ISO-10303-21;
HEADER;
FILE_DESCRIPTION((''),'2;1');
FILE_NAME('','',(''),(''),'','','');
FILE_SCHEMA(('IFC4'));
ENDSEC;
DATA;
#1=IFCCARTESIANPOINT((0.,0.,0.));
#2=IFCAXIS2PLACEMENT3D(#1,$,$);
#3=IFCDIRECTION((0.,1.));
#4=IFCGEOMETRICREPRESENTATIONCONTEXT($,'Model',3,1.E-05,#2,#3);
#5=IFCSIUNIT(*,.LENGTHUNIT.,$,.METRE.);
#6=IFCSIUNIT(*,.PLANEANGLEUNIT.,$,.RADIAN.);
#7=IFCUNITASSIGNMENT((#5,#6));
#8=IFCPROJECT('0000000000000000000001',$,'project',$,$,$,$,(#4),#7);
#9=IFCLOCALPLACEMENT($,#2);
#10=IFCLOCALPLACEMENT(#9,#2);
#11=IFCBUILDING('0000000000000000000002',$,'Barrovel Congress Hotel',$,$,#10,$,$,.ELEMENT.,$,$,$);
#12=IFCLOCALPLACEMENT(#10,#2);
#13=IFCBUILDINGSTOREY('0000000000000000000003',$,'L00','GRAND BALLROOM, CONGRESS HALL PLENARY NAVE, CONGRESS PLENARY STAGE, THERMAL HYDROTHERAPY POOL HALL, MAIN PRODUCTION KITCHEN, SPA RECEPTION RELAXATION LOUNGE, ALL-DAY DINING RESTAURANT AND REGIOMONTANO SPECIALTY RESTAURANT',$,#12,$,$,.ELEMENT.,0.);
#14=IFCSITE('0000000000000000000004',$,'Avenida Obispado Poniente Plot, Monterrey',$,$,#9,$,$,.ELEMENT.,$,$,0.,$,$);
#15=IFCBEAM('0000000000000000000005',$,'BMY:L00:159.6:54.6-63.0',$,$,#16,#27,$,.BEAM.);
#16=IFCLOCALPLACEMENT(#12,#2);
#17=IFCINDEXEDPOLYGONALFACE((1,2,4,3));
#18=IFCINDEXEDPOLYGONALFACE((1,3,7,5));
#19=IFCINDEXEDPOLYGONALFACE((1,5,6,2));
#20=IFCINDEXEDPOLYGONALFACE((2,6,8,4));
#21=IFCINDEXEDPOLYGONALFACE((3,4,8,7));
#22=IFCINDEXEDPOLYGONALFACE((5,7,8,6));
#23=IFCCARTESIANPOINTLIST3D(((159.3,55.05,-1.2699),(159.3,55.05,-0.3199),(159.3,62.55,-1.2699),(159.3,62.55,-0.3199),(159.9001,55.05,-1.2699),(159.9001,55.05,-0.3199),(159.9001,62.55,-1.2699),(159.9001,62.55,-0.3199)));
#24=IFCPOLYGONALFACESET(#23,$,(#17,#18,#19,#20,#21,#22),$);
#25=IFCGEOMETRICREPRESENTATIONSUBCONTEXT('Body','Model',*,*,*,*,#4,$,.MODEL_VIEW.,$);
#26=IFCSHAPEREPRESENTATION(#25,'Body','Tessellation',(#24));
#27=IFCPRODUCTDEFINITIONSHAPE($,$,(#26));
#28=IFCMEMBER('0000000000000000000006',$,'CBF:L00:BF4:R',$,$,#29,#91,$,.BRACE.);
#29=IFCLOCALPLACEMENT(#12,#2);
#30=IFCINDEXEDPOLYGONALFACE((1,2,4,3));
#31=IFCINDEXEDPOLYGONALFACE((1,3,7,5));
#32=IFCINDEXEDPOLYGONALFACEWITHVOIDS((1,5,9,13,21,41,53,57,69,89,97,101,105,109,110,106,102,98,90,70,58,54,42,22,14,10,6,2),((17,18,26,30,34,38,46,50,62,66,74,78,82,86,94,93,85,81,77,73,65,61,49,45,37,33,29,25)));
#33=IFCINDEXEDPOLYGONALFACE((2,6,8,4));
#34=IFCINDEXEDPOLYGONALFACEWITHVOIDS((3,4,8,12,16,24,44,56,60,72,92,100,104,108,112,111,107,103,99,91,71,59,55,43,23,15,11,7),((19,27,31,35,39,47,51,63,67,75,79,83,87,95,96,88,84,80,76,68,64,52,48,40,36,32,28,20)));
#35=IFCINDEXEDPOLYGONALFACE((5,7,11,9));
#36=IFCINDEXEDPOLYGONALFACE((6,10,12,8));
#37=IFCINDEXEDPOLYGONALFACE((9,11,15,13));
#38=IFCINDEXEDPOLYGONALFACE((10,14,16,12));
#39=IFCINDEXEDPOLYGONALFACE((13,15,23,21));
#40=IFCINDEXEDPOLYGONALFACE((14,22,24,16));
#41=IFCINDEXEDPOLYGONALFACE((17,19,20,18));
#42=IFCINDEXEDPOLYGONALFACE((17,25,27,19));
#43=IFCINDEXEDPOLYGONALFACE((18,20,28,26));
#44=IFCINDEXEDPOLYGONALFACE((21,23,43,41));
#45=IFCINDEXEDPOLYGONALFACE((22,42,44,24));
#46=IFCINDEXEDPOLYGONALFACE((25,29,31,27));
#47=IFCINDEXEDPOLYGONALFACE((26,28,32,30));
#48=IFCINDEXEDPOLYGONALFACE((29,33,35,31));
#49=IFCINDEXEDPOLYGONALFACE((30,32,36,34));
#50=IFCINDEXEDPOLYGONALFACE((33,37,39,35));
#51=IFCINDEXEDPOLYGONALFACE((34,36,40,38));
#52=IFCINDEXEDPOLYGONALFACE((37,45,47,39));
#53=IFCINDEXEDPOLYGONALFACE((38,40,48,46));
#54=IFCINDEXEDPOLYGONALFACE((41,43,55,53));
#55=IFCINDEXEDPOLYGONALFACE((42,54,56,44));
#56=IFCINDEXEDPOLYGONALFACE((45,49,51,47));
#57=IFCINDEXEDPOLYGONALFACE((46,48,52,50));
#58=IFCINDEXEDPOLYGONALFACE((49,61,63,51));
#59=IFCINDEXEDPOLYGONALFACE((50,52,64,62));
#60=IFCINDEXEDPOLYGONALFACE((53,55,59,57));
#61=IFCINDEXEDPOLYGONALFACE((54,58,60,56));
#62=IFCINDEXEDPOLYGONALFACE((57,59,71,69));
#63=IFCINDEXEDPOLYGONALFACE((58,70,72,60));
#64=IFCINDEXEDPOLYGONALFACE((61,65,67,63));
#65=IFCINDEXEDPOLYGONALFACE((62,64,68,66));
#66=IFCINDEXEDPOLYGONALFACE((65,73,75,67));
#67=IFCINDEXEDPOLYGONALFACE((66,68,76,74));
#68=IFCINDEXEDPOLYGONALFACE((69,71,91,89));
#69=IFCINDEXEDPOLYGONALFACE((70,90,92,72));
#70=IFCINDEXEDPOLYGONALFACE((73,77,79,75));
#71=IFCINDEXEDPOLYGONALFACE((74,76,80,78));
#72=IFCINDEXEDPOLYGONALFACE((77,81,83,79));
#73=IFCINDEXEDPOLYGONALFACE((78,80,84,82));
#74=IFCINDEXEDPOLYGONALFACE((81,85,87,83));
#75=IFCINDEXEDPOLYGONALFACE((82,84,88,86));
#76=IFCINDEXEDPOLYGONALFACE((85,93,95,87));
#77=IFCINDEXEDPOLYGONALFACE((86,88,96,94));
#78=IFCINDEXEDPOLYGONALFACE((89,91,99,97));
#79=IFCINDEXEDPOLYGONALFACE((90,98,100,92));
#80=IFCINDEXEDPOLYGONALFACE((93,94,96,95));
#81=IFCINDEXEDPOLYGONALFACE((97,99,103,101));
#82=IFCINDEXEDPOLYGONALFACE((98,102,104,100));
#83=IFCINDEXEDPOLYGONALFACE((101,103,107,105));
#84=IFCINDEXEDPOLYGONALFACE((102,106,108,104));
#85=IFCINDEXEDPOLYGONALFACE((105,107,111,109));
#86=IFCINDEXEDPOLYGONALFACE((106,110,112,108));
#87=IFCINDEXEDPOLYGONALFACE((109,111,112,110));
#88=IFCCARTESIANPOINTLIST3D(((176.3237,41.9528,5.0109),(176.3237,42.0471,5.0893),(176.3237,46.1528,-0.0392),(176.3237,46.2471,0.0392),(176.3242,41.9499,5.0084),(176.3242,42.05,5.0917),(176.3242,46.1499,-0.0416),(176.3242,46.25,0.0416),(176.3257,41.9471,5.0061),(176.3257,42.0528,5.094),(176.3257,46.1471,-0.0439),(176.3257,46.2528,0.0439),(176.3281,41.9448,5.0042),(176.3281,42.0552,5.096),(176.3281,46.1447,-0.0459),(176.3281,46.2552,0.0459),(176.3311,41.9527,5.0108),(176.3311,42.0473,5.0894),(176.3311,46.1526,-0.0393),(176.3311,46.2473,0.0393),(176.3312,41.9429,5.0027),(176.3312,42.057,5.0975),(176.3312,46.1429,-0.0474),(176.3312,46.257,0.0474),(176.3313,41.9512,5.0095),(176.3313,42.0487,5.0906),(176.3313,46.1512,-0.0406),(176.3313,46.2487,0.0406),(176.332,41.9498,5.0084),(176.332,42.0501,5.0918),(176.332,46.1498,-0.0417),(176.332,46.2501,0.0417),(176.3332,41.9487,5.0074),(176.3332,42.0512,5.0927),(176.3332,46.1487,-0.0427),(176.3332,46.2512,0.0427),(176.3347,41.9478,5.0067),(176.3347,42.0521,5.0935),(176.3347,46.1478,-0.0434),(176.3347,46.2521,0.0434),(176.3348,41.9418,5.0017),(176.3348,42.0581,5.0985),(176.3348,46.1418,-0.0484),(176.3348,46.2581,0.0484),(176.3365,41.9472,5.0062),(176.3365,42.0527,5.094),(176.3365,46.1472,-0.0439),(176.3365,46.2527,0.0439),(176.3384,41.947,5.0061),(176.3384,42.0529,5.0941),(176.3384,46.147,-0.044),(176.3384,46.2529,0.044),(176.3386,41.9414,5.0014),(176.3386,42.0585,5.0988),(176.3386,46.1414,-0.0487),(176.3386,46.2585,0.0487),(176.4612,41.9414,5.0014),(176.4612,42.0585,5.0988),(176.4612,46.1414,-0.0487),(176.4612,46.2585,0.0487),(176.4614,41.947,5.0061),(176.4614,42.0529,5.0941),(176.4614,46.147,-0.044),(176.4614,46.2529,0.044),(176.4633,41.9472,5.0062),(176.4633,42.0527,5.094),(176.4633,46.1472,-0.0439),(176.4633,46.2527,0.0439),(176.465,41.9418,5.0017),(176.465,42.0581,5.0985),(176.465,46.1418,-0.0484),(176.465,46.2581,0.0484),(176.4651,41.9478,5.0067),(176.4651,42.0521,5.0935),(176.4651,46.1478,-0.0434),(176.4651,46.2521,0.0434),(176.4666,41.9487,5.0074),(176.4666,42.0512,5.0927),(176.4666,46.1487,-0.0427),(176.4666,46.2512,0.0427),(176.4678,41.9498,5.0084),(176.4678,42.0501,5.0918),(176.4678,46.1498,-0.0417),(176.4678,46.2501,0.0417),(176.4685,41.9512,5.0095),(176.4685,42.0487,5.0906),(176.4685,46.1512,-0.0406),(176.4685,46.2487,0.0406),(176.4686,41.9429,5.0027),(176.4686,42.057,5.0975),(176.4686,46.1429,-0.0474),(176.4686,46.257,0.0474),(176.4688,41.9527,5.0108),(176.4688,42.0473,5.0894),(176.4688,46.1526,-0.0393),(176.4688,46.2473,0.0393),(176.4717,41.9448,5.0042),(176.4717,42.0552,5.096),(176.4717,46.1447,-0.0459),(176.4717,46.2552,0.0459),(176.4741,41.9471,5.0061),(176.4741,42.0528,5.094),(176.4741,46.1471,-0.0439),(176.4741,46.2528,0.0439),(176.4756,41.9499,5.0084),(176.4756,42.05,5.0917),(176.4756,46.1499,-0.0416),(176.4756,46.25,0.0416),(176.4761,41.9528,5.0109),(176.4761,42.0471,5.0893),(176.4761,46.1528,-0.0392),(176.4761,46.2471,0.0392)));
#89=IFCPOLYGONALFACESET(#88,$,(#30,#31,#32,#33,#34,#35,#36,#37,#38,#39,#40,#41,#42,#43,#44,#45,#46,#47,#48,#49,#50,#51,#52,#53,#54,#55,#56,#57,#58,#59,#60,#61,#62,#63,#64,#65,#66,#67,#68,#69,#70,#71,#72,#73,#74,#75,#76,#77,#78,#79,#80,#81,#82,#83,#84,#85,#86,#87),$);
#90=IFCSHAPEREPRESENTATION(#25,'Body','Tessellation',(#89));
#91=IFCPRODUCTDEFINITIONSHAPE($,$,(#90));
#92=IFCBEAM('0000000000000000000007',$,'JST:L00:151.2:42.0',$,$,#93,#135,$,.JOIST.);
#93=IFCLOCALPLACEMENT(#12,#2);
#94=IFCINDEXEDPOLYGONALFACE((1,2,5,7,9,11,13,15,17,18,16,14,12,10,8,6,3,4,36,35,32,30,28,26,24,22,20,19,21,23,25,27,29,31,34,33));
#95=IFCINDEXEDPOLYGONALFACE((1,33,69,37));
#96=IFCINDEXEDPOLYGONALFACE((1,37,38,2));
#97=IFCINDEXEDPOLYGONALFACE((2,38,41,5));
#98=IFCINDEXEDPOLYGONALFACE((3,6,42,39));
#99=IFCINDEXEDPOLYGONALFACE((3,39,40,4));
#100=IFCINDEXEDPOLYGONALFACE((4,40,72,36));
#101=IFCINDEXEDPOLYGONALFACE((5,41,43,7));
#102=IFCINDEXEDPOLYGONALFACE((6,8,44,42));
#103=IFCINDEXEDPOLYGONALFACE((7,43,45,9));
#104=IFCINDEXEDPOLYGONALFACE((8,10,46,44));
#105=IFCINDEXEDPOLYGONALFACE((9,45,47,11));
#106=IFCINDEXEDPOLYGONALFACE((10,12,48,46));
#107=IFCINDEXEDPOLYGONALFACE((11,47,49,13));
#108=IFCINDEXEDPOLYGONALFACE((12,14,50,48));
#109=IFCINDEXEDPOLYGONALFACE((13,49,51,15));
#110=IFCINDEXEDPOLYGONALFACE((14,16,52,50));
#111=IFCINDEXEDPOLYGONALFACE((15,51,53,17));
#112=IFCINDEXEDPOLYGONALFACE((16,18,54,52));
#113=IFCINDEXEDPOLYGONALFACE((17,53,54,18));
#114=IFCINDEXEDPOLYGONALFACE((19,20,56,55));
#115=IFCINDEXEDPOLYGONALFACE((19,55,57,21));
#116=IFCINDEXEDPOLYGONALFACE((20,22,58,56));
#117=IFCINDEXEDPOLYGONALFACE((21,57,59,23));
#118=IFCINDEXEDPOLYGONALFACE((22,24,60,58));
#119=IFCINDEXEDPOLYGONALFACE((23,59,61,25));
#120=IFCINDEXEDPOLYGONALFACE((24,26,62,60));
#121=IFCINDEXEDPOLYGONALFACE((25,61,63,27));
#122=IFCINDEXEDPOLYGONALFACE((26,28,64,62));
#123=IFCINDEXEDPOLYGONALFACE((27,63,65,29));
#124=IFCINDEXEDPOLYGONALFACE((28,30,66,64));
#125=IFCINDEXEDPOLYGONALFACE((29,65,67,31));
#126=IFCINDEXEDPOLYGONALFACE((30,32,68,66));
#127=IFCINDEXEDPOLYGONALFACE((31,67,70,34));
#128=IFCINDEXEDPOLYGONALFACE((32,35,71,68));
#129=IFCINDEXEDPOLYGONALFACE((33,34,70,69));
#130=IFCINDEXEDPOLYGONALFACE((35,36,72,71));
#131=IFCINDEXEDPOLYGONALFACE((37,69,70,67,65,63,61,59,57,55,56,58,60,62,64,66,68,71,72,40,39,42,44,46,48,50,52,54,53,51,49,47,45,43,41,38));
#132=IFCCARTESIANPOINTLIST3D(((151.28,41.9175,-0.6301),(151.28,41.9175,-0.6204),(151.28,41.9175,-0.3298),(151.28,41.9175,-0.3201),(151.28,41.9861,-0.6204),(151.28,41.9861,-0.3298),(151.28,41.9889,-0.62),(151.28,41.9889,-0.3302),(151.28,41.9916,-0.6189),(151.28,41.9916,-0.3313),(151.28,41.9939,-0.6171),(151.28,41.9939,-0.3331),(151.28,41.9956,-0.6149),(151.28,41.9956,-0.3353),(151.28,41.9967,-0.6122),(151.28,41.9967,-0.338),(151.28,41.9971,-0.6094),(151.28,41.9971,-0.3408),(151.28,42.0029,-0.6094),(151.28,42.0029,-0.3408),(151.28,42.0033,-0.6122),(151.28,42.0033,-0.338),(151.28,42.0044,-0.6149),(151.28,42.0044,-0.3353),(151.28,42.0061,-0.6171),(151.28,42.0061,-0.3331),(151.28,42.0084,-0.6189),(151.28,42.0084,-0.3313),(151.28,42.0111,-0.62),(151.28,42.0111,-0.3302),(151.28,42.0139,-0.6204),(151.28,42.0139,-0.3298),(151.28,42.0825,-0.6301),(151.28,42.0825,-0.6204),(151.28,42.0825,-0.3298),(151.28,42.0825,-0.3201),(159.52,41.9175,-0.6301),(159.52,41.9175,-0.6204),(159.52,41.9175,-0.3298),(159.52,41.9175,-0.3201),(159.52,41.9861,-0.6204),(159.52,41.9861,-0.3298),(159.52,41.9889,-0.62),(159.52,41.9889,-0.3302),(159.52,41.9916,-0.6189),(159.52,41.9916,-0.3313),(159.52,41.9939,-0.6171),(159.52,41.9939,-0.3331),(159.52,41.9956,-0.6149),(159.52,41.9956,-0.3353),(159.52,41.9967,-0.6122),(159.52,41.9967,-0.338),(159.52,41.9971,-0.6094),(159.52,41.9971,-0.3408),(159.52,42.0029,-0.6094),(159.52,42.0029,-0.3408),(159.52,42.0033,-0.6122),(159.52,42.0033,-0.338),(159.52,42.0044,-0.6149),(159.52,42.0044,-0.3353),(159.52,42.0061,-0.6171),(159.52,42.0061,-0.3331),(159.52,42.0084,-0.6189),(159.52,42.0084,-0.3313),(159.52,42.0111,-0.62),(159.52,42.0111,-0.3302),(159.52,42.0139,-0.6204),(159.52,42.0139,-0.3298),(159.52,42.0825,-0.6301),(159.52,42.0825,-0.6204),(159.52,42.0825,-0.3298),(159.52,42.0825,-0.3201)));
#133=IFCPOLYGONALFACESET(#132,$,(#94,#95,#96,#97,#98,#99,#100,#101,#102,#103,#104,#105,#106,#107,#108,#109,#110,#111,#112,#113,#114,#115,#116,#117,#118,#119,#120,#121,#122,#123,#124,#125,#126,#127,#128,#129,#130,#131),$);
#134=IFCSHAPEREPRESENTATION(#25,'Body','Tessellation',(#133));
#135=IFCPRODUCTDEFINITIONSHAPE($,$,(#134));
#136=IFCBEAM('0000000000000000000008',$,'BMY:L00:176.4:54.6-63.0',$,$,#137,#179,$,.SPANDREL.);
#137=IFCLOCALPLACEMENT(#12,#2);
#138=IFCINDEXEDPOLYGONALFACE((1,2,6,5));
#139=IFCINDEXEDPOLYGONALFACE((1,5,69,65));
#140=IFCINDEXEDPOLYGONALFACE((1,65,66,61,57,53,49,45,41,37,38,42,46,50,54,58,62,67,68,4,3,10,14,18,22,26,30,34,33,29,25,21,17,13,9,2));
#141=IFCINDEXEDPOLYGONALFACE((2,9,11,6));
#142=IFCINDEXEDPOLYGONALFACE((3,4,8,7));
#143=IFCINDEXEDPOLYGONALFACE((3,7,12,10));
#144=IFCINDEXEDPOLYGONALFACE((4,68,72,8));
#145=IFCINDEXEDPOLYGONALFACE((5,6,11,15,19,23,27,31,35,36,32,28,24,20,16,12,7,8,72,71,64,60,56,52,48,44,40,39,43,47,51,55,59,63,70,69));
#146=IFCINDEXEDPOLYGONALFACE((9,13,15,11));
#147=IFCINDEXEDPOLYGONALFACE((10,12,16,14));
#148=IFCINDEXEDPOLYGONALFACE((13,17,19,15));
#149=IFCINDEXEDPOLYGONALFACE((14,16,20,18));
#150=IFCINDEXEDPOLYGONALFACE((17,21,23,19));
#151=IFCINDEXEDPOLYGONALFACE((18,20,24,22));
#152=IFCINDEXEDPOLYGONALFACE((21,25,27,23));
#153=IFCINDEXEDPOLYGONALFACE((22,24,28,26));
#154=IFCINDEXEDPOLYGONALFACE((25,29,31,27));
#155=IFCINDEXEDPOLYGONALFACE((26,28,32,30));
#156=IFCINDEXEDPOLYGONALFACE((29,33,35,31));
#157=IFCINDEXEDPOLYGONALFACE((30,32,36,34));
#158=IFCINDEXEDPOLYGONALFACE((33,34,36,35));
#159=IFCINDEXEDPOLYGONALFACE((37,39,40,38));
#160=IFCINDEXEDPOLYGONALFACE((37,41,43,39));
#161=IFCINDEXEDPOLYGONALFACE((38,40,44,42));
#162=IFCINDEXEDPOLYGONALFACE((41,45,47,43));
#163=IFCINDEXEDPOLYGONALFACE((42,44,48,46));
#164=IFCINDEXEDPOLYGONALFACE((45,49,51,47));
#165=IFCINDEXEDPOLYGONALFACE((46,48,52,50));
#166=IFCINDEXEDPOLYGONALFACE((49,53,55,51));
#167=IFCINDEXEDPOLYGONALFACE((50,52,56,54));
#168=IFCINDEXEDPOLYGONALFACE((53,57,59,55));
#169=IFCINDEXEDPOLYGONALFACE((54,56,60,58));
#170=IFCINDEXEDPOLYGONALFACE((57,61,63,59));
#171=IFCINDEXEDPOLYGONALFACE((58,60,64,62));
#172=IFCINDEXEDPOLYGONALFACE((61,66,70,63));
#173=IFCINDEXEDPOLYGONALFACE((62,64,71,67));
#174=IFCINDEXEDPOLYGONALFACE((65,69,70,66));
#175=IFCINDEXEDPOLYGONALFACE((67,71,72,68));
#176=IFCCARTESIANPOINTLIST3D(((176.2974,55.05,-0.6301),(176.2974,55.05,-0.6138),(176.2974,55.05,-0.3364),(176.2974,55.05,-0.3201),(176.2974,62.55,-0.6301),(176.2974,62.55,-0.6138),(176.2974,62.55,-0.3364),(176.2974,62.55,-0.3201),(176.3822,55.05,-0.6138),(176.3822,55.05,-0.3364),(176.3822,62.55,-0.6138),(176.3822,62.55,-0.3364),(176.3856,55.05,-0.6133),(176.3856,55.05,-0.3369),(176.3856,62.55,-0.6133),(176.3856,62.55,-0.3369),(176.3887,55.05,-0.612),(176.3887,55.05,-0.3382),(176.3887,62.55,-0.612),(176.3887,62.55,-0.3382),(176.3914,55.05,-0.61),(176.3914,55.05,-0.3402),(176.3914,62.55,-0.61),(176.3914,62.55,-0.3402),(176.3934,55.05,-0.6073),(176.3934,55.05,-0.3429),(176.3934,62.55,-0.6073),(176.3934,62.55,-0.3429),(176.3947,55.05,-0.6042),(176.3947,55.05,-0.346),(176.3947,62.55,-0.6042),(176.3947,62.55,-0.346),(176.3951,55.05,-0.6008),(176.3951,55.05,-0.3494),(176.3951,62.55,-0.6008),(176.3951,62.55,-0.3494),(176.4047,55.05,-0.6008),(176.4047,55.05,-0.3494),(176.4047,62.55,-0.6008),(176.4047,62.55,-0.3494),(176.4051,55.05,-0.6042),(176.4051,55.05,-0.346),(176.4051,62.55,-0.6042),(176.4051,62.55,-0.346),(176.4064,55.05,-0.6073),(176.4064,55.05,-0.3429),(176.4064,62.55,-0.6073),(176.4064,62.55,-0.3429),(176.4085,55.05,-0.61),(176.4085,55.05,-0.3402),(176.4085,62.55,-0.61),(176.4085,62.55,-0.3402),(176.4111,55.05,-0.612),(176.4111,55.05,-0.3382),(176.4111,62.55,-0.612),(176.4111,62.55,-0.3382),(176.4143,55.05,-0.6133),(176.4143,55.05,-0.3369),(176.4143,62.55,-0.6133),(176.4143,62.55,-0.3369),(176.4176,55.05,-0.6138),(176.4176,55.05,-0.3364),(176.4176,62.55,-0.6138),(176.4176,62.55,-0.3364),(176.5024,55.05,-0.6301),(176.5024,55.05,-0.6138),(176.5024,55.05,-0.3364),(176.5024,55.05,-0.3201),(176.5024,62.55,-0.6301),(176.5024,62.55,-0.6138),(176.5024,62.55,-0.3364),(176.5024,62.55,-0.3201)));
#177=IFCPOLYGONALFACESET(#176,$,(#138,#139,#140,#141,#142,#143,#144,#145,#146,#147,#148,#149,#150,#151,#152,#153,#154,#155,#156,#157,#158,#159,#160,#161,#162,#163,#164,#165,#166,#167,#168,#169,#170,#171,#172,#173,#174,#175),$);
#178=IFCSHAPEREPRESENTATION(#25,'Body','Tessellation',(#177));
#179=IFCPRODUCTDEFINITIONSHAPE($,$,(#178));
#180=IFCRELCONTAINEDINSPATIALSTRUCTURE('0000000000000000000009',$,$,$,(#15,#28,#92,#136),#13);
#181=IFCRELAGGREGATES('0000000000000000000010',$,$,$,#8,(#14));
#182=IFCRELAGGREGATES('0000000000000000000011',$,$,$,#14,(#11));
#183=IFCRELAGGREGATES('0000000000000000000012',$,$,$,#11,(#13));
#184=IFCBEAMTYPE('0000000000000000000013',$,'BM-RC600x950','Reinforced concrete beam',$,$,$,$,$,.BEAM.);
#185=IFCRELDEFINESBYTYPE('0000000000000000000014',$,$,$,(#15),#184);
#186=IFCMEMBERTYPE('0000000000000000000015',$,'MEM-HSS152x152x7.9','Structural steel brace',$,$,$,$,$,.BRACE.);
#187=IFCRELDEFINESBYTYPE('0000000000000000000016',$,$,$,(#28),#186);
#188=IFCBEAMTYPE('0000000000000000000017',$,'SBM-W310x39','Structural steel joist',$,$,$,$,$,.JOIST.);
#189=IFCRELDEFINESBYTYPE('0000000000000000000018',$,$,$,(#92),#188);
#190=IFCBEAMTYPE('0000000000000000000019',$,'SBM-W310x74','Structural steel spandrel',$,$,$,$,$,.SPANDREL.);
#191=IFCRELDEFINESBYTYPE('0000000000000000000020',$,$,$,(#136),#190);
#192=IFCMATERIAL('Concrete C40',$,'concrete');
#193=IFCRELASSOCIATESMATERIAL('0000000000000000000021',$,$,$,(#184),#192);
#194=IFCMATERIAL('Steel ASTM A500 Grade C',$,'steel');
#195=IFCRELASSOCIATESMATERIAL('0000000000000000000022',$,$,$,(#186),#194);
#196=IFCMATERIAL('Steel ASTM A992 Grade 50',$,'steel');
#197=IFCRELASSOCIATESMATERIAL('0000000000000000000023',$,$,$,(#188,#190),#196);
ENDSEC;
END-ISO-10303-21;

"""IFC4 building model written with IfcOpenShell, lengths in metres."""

from ifc_helpers import new_model, si_unit, direction, frame, origin, origin_2d, place, context, subcontext, project, spatial, rectangle, hollow_rectangle, i_section, extrude, material, material_profile, profile_set, type_object, element, save


model = new_model("IFC4")

# Units and contexts
model_context = context("Model", 3, precision=1e-05, world=origin(), true_north=direction((0.0, 1.0)))
body_context = subcontext(model_context, "Body", "Model", "MODEL_VIEW")
ifc_project = project(units=[si_unit("LENGTHUNIT", "METRE"), si_unit("PLANEANGLEUNIT", "RADIAN")], contexts=[model_context])

# Site, building, storey
site_placement = place(None, origin())
site = spatial("IfcSite", under=ifc_project, at=site_placement, Name="Avenida Obispado Poniente Plot, Monterrey", CompositionType="ELEMENT", RefElevation=0.0)
building_placement = place(site_placement, origin())
building = spatial("IfcBuilding", under=site, at=building_placement, Name="Barrovel Congress Hotel", CompositionType="ELEMENT")
storey_placement = place(building_placement, origin())
storey = spatial("IfcBuildingStorey", under=building, at=storey_placement, Name="L00", Description="GRAND BALLROOM, CONGRESS HALL PLENARY NAVE, CONGRESS PLENARY STAGE, THERMAL HYDROTHERAPY POOL HALL, MAIN PRODUCTION KITCHEN, SPA RECEPTION RELAXATION LOUNGE, ALL-DAY DINING RESTAURANT AND REGIOMONTANO SPECIALTY RESTAURANT", CompositionType="ELEMENT", Elevation=0.0)

# Shared definitions
ifc_material_1 = material(Name="Concrete C40", Category="concrete")

# Beam
ifc_material_profile_1 = material_profile(ifc_material_1, rectangle(XDim=0.6001, YDim=0.95, at=origin_2d()), Name="RC600x950")
ifc_profile_set_1 = profile_set([ifc_material_profile_1], Name="Concrete C40")
beam_type_1 = type_object("IfcBeamType", Name="BM-RC600x950", Description="Reinforced concrete beam", PredefinedType="BEAM", material=ifc_profile_set_1)
beam_1_placement = place(storey_placement, frame((159.6001, 55.05, -0.7949), z_axis=(0.0, 1.0, 0.0), x_axis=(-1.0, 0.0, 0.0)))
element("IfcBeam", 1, at=beam_1_placement, inside=storey, type_object=beam_type_1, Name="BMY:L00:159.6:54.6-63.0", PredefinedType="BEAM", context=body_context, shape_type="SweptSolid", body=[
    extrude(rectangle(XDim=0.6001, YDim=0.95, at=origin_2d()), origin(), (0.0, 0.0, 1.0), 7.5),
])

# Member
ifc_material_2 = material(Name="Steel ASTM A500 Grade C", Category="steel")
ifc_material_profile_2 = material_profile(ifc_material_2, hollow_rectangle(XDim=0.1523, YDim=0.1523, WallThickness=0.0073, InnerFilletRadius=0.0073, OuterFilletRadius=0.0149, at=origin_2d()), Name="HSS152x152x7.9")
ifc_profile_set_2 = profile_set([ifc_material_profile_2], Name="Steel ASTM A500 Grade C")
member_type = type_object("IfcMemberType", Name="MEM-HSS152x152x7.9", Description="Structural steel brace", PredefinedType="BRACE", material=ifc_profile_set_2)
member_placement = place(storey_placement, frame((176.3999, 46.2, 0.0), z_axis=(0.0, -0.639427, 0.768852), x_axis=(1.0, 0.0, 0.0)))
element("IfcMember", 2, at=member_placement, inside=storey, type_object=member_type, Name="CBF:L00:BF4:R", PredefinedType="BRACE", context=body_context, shape_type="SweptSolid", body=[
    extrude(hollow_rectangle(XDim=0.1523, YDim=0.1523, WallThickness=0.0073, InnerFilletRadius=0.0073, OuterFilletRadius=0.0149, at=origin_2d()), origin(), (0.0, 0.0, 1.0), 6.5684),
])

# Beams
ifc_material_3 = material(Name="Steel ASTM A992 Grade 50", Category="steel")
ifc_material_profile_3 = material_profile(ifc_material_3, i_section(OverallWidth=0.165, OverallDepth=0.3101, WebThickness=0.0059, FlangeThickness=0.0098, FilletRadius=0.011, at=origin_2d()), Name="W310x39")
ifc_profile_set_3 = profile_set([ifc_material_profile_3], Name="Steel ASTM A992 Grade 50")
beam_type_2 = type_object("IfcBeamType", Name="SBM-W310x39", Description="Structural steel joist", PredefinedType="JOIST", material=ifc_profile_set_3)
beam_2_placement = place(storey_placement, frame((151.28, 42.0, -0.4751), z_axis=(1.0, 0.0, 0.0), x_axis=(0.0, 1.0, 0.0)))
element("IfcBeam", 3, at=beam_2_placement, inside=storey, type_object=beam_type_2, Name="JST:L00:151.2:42.0", PredefinedType="JOIST", context=body_context, shape_type="SweptSolid", body=[
    extrude(i_section(OverallWidth=0.165, OverallDepth=0.3101, WebThickness=0.0059, FlangeThickness=0.0098, FilletRadius=0.011, at=origin_2d()), origin(), (0.0, 0.0, 1.0), 8.24),
])
ifc_material_profile_4 = material_profile(ifc_material_3, i_section(OverallWidth=0.2051, OverallDepth=0.3101, WebThickness=0.0095, FlangeThickness=0.0164, FilletRadius=0.0129, at=origin_2d()), Name="W310x74")
ifc_profile_set_4 = profile_set([ifc_material_profile_4], Name="Steel ASTM A992 Grade 50")
beam_type_3 = type_object("IfcBeamType", Name="SBM-W310x74", Description="Structural steel spandrel", PredefinedType="SPANDREL", material=ifc_profile_set_4)
beam_3_placement = place(storey_placement, frame((176.3999, 55.05, -0.4751), z_axis=(0.0, 1.0, 0.0), x_axis=(-1.0, 0.0, 0.0)))
element("IfcBeam", 4, at=beam_3_placement, inside=storey, type_object=beam_type_3, Name="BMY:L00:176.4:54.6-63.0", PredefinedType="SPANDREL", context=body_context, shape_type="SweptSolid", body=[
    extrude(i_section(OverallWidth=0.2051, OverallDepth=0.3101, WebThickness=0.0095, FlangeThickness=0.0164, FilletRadius=0.0129, at=origin_2d()), origin(), (0.0, 0.0, 1.0), 7.5),
])

save(model, "model.ifc")
